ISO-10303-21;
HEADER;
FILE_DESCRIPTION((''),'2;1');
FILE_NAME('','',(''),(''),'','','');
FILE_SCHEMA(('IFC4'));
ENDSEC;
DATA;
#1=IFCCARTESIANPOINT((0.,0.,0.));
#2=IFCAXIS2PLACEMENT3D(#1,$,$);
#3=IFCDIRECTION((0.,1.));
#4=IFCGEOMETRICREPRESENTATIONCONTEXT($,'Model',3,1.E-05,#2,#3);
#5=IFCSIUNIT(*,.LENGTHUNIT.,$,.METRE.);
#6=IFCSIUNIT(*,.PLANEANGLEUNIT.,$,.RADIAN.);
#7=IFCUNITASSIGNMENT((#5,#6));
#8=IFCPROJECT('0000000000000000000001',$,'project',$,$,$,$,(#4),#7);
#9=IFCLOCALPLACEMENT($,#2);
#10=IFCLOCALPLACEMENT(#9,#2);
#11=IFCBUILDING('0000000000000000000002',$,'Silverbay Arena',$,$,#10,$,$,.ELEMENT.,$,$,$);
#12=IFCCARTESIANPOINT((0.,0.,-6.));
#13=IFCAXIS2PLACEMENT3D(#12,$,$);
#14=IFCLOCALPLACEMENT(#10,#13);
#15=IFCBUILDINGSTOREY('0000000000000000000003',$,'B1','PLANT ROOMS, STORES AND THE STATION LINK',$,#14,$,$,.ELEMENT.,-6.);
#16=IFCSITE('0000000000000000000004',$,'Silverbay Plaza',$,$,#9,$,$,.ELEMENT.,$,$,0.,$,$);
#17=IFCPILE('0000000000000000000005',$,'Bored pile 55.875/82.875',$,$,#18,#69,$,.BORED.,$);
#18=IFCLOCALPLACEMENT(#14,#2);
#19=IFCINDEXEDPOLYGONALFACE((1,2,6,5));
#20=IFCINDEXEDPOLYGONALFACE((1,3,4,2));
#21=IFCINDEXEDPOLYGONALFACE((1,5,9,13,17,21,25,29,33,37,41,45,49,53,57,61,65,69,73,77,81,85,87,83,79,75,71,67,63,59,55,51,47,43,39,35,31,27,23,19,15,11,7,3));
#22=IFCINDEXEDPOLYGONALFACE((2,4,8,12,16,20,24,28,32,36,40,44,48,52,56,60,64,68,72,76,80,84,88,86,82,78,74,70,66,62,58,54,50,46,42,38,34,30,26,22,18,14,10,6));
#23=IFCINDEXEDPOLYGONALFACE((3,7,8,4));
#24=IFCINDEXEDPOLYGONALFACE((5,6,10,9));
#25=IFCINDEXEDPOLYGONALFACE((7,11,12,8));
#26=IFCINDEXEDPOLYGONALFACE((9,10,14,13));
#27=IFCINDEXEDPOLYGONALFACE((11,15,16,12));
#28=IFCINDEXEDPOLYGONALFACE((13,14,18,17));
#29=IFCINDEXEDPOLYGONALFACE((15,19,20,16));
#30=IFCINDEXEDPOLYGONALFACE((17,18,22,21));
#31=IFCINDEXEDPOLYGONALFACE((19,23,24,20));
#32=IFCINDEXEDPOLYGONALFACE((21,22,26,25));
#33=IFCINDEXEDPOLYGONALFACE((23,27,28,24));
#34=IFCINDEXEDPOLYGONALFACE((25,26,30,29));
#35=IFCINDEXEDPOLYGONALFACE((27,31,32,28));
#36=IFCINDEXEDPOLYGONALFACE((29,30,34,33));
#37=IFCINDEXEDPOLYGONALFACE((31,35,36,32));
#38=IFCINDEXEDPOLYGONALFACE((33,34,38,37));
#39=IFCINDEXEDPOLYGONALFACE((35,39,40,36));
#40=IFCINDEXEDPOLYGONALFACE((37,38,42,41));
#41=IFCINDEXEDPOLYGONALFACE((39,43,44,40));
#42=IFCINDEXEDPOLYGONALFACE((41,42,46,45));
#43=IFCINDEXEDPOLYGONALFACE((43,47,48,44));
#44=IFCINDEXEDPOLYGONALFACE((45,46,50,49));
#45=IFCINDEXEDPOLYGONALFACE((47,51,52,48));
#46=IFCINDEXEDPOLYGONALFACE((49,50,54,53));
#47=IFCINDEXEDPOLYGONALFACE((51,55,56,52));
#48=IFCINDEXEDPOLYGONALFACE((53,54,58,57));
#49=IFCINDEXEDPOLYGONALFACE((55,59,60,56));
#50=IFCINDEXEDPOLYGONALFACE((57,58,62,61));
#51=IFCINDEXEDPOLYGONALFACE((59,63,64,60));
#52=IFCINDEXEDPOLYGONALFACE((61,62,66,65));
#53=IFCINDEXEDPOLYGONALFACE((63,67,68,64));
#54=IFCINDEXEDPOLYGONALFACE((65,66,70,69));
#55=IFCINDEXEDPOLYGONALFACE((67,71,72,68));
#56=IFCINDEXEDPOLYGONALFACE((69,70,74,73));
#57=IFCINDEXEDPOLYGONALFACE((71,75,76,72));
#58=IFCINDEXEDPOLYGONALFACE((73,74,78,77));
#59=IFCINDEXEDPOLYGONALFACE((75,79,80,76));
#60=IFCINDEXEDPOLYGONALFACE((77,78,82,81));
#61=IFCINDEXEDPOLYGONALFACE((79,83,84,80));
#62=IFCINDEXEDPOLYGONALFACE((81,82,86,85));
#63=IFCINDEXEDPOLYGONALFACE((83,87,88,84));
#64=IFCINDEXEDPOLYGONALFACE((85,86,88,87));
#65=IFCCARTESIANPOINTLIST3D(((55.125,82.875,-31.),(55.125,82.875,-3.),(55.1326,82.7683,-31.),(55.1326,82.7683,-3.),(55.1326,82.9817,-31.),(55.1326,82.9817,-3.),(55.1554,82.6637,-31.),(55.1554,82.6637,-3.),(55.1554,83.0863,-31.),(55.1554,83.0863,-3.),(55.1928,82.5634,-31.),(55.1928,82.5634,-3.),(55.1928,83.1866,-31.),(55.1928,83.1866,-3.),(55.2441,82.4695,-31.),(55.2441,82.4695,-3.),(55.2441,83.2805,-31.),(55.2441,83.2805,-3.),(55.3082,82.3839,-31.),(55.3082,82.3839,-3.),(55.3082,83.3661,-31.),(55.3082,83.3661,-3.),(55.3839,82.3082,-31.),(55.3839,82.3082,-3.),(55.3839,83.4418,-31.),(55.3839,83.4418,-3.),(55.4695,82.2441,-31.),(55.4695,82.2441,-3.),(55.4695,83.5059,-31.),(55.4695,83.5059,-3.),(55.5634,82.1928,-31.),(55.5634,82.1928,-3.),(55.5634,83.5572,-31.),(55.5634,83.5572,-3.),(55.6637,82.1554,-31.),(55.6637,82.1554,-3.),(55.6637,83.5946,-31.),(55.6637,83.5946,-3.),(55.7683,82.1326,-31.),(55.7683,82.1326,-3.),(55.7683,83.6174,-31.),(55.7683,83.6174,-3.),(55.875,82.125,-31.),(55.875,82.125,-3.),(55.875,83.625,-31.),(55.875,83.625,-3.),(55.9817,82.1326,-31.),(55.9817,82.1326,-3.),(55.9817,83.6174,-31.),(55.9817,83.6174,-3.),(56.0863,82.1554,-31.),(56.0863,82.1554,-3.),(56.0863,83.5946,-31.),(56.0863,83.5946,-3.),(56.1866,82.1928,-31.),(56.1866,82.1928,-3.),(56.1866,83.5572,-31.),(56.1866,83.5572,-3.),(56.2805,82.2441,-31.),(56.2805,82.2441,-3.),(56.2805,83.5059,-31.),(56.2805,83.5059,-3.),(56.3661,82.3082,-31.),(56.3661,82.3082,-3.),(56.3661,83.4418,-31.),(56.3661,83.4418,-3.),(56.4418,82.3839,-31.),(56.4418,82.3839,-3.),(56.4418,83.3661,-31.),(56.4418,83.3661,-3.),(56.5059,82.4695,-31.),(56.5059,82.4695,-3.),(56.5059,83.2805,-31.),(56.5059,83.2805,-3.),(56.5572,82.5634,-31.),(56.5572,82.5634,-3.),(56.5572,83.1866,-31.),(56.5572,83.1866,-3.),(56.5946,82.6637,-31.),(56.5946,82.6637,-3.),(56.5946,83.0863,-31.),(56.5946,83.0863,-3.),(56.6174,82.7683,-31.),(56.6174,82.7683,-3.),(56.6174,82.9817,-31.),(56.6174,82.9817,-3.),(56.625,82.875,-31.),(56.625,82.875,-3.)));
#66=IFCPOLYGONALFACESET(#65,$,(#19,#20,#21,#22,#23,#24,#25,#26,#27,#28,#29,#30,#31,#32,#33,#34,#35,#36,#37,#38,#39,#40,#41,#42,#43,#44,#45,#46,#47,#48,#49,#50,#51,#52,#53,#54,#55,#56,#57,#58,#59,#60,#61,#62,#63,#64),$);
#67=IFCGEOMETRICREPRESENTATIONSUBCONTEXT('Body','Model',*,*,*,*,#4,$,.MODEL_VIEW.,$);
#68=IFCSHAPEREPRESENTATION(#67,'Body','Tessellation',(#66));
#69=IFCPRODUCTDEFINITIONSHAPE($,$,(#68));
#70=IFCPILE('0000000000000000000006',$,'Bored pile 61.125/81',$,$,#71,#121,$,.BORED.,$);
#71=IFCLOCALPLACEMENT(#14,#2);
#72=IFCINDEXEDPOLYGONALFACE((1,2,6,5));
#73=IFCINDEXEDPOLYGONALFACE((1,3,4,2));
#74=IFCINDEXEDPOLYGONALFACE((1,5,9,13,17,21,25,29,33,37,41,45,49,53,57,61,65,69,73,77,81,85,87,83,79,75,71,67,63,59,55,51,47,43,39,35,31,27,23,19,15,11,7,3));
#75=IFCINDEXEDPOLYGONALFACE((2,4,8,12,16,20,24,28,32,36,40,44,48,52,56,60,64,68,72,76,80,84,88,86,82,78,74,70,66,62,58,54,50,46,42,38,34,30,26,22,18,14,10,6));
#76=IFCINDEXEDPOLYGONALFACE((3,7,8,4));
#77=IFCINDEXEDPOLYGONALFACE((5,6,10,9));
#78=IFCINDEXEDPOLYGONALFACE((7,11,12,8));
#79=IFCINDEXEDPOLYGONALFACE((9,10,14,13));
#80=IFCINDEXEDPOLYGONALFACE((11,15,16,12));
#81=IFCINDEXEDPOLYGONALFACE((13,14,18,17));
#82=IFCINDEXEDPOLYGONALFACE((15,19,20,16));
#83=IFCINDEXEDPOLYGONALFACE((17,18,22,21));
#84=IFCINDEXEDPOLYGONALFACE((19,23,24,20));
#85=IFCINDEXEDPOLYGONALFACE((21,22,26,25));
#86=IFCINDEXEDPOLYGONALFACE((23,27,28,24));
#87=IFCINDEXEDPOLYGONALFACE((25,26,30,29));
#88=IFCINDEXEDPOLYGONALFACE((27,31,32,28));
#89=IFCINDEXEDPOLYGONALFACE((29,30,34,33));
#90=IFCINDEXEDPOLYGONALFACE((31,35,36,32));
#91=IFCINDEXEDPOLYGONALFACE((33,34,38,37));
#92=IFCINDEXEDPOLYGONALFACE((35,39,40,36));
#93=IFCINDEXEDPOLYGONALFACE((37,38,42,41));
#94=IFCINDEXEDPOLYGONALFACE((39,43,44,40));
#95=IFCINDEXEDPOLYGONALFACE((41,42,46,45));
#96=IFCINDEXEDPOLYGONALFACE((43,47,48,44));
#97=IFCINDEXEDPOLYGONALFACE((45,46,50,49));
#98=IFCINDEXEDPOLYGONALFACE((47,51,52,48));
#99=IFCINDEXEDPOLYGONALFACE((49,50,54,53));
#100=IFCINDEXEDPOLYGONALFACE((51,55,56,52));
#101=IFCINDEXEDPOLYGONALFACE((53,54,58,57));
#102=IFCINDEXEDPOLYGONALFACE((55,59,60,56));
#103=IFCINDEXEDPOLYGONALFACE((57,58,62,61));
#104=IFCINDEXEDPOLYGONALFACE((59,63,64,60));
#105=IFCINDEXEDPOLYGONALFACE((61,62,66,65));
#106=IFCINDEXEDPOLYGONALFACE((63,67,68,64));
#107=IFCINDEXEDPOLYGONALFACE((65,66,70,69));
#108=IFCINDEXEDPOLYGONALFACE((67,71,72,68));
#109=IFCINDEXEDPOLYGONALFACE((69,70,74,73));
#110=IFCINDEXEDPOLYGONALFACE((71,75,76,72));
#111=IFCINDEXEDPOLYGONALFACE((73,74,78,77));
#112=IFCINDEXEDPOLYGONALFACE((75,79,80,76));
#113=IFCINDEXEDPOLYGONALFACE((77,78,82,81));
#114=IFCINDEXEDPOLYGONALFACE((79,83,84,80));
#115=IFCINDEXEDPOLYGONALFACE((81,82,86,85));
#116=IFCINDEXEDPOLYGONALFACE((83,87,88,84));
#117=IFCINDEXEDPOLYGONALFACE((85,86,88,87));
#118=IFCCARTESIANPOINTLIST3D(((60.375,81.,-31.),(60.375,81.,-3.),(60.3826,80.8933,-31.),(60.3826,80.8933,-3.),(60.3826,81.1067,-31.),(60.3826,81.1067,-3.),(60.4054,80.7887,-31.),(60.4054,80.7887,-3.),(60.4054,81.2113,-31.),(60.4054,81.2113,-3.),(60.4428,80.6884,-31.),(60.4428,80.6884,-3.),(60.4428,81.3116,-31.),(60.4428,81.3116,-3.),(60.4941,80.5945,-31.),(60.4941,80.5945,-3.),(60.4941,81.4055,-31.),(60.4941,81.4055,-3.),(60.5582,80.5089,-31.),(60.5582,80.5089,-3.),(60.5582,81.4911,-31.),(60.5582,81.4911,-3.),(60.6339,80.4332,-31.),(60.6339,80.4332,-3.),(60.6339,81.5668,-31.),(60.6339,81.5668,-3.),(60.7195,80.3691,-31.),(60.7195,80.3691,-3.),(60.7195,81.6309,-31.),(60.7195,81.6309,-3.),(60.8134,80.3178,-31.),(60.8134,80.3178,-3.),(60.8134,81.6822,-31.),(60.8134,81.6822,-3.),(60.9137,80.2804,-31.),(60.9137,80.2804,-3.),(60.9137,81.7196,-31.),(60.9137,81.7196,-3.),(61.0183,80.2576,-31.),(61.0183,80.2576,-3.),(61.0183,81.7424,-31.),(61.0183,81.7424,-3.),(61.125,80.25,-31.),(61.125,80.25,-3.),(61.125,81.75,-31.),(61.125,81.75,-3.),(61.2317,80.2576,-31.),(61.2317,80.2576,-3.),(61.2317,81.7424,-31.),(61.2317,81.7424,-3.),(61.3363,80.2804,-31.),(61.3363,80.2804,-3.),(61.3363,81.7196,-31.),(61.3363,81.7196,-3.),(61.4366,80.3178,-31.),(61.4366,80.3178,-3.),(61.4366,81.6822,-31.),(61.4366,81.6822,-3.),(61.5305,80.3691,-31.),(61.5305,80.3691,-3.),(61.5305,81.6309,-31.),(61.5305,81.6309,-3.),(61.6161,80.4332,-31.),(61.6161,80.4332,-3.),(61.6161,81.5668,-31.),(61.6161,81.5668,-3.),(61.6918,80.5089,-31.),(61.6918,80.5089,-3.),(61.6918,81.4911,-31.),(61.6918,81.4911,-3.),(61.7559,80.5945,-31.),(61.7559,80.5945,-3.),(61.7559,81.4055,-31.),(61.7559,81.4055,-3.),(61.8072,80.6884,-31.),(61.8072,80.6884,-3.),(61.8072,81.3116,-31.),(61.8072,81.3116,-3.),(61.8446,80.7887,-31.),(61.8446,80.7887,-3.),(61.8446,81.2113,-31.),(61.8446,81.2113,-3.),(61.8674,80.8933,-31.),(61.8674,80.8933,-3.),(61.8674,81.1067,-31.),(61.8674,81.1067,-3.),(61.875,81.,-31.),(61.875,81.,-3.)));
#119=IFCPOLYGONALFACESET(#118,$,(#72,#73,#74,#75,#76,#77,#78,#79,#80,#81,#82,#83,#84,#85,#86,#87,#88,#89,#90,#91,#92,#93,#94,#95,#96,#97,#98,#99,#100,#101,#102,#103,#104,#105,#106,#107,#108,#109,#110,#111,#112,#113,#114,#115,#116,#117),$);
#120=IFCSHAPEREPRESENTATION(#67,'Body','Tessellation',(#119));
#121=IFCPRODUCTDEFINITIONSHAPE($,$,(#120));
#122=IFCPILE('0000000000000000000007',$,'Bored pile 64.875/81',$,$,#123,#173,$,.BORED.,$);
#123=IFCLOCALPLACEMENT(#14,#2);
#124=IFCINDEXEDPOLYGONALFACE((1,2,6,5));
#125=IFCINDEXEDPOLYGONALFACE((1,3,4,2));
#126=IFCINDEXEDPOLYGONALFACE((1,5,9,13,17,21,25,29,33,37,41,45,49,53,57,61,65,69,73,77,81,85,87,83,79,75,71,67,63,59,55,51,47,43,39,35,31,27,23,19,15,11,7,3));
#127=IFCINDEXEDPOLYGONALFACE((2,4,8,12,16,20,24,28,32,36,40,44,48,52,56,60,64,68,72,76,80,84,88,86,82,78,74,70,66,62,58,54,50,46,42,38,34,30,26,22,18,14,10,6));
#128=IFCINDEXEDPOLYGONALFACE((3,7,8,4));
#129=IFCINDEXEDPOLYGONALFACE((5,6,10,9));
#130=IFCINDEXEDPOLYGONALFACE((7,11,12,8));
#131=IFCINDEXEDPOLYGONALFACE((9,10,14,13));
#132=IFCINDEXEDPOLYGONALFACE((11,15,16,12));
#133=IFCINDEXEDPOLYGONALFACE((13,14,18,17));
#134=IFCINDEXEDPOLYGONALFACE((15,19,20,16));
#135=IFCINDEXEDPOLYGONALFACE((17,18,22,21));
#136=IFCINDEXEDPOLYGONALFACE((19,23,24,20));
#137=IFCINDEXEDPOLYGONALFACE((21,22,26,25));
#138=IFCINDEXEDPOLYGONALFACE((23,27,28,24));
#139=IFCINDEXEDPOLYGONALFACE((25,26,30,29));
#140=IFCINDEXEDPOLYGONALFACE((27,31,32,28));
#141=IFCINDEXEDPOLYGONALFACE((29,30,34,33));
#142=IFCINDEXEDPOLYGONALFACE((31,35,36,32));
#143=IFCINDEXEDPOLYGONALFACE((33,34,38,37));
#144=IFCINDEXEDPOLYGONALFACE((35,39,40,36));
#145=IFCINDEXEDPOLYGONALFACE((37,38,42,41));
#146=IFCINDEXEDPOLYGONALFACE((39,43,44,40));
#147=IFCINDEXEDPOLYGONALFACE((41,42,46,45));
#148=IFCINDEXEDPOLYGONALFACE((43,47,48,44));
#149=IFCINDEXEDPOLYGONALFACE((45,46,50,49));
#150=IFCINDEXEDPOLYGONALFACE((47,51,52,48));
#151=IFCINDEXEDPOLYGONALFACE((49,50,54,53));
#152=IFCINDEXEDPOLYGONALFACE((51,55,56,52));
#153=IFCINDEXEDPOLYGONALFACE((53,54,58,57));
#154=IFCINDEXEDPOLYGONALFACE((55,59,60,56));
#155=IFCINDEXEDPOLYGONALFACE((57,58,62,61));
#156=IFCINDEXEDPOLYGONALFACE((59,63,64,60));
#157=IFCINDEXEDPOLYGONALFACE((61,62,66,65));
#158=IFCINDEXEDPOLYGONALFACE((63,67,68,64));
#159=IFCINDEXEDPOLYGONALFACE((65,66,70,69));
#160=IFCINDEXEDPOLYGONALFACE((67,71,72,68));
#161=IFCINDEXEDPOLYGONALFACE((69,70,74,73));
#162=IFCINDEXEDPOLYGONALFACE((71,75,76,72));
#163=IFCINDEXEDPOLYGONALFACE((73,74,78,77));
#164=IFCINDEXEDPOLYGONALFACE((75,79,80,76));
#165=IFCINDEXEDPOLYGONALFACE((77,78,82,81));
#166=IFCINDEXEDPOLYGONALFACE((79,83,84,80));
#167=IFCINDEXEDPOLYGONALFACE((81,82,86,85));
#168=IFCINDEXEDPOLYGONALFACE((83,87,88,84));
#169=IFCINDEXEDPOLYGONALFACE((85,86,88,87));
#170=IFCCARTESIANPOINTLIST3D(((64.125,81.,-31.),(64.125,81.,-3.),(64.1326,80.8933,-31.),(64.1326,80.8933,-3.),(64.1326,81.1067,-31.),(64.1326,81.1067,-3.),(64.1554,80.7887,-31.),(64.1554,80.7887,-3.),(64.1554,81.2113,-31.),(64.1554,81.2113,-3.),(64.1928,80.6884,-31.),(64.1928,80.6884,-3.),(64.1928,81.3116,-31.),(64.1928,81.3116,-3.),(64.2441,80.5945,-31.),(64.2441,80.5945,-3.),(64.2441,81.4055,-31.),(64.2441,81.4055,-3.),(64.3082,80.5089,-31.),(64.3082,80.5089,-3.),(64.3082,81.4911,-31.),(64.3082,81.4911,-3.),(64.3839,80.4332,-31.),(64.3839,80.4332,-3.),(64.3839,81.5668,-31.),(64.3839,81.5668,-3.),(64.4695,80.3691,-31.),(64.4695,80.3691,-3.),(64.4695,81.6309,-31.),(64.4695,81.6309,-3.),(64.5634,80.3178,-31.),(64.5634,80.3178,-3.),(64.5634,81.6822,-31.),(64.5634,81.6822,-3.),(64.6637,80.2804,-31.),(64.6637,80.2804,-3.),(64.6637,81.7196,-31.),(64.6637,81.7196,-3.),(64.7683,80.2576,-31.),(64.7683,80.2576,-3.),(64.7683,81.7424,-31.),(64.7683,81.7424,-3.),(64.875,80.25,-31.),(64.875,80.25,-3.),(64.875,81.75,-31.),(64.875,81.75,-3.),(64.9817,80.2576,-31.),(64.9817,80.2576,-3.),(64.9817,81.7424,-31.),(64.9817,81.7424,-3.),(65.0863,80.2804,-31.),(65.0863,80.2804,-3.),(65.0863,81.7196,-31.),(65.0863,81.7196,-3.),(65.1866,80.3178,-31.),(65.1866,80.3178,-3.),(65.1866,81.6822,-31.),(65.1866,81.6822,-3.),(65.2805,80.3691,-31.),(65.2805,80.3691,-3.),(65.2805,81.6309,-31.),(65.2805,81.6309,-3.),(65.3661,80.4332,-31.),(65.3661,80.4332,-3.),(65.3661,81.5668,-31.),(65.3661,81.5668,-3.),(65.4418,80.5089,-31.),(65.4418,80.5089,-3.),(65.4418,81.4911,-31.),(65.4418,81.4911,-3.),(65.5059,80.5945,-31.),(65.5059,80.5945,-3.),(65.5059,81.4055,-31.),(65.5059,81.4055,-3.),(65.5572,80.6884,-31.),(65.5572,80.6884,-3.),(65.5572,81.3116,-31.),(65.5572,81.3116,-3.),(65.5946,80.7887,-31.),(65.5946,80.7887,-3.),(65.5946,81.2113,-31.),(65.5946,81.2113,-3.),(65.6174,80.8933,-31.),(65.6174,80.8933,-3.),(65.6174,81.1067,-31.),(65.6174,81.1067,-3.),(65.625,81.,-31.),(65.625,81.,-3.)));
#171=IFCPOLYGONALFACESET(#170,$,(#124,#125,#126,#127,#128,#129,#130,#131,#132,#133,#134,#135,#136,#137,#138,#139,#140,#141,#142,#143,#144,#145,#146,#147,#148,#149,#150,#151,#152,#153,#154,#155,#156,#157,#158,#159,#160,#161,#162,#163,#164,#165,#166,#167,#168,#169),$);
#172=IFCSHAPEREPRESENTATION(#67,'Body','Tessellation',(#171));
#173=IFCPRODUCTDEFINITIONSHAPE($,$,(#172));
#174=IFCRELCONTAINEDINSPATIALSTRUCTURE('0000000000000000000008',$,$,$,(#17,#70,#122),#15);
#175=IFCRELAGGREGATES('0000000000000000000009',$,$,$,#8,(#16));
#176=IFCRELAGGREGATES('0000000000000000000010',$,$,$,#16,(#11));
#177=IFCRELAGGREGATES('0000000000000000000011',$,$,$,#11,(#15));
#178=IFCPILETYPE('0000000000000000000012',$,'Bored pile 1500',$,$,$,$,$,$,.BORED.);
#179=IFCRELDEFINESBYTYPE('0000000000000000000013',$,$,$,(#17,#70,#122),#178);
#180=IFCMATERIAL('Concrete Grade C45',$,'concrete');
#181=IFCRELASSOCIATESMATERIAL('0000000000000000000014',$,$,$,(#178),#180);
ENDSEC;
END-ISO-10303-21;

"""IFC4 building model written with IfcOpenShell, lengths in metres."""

from ifc_helpers import new_model, si_unit, direction, frame, origin, origin_2d, place, context, subcontext, project, spatial, circle, extrude, material, material_profile, profile_set, type_object, element, save


model = new_model("IFC4")

# Units and contexts
model_context = context("Model", 3, precision=1e-05, world=origin(), true_north=direction((0.0, 1.0)))
body_context = subcontext(model_context, "Body", "Model", "MODEL_VIEW")
ifc_project = project(units=[si_unit("LENGTHUNIT", "METRE"), si_unit("PLANEANGLEUNIT", "RADIAN")], contexts=[model_context])

# Site, building, storey
site_placement = place(None, origin())
site = spatial("IfcSite", under=ifc_project, at=site_placement, Name="Silverbay Plaza", CompositionType="ELEMENT", RefElevation=0.0)
building_placement = place(site_placement, origin())
building = spatial("IfcBuilding", under=site, at=building_placement, Name="Silverbay Arena", CompositionType="ELEMENT")
storey_placement = place(building_placement, frame((0.0, 0.0, -6.0)))
storey = spatial("IfcBuildingStorey", under=building, at=storey_placement, Name="B1", Description="PLANT ROOMS, STORES AND THE STATION LINK", CompositionType="ELEMENT", Elevation=-6.0)

# Piles
ifc_material_1 = material(Name="Concrete Grade C45", Category="concrete")
ifc_material_profile_1 = material_profile(ifc_material_1, circle(Radius=0.75, at=origin_2d()), Name="Bored pile 1500")
ifc_profile_set_1 = profile_set([ifc_material_profile_1], Name="Concrete Grade C45")
pile_type_1 = type_object("IfcPileType", Name="Bored pile 1500", PredefinedType="BORED", material=ifc_profile_set_1)
for number, where, z_axis, x_axis, name in (
    (1, (55.875, 82.875, -3.0), (0.0, 0.0, -1.0), (1.0, 0.0, 0.0), "Bored pile 55.875/82.875"),
    (2, (61.125, 81.0, -3.0), (0.0, 0.0, -1.0), (1.0, 0.0, 0.0), "Bored pile 61.125/81"),
    (3, (64.875, 81.0, -3.0), (0.0, 0.0, -1.0), (1.0, 0.0, 0.0), "Bored pile 64.875/81"),
):
    element("IfcPile", number, at=place(storey_placement, frame(where, z_axis=z_axis, x_axis=x_axis)), inside=storey, type_object=pile_type_1, Name=name, PredefinedType="BORED", context=body_context, shape_type="SweptSolid", body=[
        extrude(circle(Radius=0.75, at=origin_2d()), origin(), (0.0, 0.0, 1.0), 28.0),
    ])

save(model, "model.ifc")
